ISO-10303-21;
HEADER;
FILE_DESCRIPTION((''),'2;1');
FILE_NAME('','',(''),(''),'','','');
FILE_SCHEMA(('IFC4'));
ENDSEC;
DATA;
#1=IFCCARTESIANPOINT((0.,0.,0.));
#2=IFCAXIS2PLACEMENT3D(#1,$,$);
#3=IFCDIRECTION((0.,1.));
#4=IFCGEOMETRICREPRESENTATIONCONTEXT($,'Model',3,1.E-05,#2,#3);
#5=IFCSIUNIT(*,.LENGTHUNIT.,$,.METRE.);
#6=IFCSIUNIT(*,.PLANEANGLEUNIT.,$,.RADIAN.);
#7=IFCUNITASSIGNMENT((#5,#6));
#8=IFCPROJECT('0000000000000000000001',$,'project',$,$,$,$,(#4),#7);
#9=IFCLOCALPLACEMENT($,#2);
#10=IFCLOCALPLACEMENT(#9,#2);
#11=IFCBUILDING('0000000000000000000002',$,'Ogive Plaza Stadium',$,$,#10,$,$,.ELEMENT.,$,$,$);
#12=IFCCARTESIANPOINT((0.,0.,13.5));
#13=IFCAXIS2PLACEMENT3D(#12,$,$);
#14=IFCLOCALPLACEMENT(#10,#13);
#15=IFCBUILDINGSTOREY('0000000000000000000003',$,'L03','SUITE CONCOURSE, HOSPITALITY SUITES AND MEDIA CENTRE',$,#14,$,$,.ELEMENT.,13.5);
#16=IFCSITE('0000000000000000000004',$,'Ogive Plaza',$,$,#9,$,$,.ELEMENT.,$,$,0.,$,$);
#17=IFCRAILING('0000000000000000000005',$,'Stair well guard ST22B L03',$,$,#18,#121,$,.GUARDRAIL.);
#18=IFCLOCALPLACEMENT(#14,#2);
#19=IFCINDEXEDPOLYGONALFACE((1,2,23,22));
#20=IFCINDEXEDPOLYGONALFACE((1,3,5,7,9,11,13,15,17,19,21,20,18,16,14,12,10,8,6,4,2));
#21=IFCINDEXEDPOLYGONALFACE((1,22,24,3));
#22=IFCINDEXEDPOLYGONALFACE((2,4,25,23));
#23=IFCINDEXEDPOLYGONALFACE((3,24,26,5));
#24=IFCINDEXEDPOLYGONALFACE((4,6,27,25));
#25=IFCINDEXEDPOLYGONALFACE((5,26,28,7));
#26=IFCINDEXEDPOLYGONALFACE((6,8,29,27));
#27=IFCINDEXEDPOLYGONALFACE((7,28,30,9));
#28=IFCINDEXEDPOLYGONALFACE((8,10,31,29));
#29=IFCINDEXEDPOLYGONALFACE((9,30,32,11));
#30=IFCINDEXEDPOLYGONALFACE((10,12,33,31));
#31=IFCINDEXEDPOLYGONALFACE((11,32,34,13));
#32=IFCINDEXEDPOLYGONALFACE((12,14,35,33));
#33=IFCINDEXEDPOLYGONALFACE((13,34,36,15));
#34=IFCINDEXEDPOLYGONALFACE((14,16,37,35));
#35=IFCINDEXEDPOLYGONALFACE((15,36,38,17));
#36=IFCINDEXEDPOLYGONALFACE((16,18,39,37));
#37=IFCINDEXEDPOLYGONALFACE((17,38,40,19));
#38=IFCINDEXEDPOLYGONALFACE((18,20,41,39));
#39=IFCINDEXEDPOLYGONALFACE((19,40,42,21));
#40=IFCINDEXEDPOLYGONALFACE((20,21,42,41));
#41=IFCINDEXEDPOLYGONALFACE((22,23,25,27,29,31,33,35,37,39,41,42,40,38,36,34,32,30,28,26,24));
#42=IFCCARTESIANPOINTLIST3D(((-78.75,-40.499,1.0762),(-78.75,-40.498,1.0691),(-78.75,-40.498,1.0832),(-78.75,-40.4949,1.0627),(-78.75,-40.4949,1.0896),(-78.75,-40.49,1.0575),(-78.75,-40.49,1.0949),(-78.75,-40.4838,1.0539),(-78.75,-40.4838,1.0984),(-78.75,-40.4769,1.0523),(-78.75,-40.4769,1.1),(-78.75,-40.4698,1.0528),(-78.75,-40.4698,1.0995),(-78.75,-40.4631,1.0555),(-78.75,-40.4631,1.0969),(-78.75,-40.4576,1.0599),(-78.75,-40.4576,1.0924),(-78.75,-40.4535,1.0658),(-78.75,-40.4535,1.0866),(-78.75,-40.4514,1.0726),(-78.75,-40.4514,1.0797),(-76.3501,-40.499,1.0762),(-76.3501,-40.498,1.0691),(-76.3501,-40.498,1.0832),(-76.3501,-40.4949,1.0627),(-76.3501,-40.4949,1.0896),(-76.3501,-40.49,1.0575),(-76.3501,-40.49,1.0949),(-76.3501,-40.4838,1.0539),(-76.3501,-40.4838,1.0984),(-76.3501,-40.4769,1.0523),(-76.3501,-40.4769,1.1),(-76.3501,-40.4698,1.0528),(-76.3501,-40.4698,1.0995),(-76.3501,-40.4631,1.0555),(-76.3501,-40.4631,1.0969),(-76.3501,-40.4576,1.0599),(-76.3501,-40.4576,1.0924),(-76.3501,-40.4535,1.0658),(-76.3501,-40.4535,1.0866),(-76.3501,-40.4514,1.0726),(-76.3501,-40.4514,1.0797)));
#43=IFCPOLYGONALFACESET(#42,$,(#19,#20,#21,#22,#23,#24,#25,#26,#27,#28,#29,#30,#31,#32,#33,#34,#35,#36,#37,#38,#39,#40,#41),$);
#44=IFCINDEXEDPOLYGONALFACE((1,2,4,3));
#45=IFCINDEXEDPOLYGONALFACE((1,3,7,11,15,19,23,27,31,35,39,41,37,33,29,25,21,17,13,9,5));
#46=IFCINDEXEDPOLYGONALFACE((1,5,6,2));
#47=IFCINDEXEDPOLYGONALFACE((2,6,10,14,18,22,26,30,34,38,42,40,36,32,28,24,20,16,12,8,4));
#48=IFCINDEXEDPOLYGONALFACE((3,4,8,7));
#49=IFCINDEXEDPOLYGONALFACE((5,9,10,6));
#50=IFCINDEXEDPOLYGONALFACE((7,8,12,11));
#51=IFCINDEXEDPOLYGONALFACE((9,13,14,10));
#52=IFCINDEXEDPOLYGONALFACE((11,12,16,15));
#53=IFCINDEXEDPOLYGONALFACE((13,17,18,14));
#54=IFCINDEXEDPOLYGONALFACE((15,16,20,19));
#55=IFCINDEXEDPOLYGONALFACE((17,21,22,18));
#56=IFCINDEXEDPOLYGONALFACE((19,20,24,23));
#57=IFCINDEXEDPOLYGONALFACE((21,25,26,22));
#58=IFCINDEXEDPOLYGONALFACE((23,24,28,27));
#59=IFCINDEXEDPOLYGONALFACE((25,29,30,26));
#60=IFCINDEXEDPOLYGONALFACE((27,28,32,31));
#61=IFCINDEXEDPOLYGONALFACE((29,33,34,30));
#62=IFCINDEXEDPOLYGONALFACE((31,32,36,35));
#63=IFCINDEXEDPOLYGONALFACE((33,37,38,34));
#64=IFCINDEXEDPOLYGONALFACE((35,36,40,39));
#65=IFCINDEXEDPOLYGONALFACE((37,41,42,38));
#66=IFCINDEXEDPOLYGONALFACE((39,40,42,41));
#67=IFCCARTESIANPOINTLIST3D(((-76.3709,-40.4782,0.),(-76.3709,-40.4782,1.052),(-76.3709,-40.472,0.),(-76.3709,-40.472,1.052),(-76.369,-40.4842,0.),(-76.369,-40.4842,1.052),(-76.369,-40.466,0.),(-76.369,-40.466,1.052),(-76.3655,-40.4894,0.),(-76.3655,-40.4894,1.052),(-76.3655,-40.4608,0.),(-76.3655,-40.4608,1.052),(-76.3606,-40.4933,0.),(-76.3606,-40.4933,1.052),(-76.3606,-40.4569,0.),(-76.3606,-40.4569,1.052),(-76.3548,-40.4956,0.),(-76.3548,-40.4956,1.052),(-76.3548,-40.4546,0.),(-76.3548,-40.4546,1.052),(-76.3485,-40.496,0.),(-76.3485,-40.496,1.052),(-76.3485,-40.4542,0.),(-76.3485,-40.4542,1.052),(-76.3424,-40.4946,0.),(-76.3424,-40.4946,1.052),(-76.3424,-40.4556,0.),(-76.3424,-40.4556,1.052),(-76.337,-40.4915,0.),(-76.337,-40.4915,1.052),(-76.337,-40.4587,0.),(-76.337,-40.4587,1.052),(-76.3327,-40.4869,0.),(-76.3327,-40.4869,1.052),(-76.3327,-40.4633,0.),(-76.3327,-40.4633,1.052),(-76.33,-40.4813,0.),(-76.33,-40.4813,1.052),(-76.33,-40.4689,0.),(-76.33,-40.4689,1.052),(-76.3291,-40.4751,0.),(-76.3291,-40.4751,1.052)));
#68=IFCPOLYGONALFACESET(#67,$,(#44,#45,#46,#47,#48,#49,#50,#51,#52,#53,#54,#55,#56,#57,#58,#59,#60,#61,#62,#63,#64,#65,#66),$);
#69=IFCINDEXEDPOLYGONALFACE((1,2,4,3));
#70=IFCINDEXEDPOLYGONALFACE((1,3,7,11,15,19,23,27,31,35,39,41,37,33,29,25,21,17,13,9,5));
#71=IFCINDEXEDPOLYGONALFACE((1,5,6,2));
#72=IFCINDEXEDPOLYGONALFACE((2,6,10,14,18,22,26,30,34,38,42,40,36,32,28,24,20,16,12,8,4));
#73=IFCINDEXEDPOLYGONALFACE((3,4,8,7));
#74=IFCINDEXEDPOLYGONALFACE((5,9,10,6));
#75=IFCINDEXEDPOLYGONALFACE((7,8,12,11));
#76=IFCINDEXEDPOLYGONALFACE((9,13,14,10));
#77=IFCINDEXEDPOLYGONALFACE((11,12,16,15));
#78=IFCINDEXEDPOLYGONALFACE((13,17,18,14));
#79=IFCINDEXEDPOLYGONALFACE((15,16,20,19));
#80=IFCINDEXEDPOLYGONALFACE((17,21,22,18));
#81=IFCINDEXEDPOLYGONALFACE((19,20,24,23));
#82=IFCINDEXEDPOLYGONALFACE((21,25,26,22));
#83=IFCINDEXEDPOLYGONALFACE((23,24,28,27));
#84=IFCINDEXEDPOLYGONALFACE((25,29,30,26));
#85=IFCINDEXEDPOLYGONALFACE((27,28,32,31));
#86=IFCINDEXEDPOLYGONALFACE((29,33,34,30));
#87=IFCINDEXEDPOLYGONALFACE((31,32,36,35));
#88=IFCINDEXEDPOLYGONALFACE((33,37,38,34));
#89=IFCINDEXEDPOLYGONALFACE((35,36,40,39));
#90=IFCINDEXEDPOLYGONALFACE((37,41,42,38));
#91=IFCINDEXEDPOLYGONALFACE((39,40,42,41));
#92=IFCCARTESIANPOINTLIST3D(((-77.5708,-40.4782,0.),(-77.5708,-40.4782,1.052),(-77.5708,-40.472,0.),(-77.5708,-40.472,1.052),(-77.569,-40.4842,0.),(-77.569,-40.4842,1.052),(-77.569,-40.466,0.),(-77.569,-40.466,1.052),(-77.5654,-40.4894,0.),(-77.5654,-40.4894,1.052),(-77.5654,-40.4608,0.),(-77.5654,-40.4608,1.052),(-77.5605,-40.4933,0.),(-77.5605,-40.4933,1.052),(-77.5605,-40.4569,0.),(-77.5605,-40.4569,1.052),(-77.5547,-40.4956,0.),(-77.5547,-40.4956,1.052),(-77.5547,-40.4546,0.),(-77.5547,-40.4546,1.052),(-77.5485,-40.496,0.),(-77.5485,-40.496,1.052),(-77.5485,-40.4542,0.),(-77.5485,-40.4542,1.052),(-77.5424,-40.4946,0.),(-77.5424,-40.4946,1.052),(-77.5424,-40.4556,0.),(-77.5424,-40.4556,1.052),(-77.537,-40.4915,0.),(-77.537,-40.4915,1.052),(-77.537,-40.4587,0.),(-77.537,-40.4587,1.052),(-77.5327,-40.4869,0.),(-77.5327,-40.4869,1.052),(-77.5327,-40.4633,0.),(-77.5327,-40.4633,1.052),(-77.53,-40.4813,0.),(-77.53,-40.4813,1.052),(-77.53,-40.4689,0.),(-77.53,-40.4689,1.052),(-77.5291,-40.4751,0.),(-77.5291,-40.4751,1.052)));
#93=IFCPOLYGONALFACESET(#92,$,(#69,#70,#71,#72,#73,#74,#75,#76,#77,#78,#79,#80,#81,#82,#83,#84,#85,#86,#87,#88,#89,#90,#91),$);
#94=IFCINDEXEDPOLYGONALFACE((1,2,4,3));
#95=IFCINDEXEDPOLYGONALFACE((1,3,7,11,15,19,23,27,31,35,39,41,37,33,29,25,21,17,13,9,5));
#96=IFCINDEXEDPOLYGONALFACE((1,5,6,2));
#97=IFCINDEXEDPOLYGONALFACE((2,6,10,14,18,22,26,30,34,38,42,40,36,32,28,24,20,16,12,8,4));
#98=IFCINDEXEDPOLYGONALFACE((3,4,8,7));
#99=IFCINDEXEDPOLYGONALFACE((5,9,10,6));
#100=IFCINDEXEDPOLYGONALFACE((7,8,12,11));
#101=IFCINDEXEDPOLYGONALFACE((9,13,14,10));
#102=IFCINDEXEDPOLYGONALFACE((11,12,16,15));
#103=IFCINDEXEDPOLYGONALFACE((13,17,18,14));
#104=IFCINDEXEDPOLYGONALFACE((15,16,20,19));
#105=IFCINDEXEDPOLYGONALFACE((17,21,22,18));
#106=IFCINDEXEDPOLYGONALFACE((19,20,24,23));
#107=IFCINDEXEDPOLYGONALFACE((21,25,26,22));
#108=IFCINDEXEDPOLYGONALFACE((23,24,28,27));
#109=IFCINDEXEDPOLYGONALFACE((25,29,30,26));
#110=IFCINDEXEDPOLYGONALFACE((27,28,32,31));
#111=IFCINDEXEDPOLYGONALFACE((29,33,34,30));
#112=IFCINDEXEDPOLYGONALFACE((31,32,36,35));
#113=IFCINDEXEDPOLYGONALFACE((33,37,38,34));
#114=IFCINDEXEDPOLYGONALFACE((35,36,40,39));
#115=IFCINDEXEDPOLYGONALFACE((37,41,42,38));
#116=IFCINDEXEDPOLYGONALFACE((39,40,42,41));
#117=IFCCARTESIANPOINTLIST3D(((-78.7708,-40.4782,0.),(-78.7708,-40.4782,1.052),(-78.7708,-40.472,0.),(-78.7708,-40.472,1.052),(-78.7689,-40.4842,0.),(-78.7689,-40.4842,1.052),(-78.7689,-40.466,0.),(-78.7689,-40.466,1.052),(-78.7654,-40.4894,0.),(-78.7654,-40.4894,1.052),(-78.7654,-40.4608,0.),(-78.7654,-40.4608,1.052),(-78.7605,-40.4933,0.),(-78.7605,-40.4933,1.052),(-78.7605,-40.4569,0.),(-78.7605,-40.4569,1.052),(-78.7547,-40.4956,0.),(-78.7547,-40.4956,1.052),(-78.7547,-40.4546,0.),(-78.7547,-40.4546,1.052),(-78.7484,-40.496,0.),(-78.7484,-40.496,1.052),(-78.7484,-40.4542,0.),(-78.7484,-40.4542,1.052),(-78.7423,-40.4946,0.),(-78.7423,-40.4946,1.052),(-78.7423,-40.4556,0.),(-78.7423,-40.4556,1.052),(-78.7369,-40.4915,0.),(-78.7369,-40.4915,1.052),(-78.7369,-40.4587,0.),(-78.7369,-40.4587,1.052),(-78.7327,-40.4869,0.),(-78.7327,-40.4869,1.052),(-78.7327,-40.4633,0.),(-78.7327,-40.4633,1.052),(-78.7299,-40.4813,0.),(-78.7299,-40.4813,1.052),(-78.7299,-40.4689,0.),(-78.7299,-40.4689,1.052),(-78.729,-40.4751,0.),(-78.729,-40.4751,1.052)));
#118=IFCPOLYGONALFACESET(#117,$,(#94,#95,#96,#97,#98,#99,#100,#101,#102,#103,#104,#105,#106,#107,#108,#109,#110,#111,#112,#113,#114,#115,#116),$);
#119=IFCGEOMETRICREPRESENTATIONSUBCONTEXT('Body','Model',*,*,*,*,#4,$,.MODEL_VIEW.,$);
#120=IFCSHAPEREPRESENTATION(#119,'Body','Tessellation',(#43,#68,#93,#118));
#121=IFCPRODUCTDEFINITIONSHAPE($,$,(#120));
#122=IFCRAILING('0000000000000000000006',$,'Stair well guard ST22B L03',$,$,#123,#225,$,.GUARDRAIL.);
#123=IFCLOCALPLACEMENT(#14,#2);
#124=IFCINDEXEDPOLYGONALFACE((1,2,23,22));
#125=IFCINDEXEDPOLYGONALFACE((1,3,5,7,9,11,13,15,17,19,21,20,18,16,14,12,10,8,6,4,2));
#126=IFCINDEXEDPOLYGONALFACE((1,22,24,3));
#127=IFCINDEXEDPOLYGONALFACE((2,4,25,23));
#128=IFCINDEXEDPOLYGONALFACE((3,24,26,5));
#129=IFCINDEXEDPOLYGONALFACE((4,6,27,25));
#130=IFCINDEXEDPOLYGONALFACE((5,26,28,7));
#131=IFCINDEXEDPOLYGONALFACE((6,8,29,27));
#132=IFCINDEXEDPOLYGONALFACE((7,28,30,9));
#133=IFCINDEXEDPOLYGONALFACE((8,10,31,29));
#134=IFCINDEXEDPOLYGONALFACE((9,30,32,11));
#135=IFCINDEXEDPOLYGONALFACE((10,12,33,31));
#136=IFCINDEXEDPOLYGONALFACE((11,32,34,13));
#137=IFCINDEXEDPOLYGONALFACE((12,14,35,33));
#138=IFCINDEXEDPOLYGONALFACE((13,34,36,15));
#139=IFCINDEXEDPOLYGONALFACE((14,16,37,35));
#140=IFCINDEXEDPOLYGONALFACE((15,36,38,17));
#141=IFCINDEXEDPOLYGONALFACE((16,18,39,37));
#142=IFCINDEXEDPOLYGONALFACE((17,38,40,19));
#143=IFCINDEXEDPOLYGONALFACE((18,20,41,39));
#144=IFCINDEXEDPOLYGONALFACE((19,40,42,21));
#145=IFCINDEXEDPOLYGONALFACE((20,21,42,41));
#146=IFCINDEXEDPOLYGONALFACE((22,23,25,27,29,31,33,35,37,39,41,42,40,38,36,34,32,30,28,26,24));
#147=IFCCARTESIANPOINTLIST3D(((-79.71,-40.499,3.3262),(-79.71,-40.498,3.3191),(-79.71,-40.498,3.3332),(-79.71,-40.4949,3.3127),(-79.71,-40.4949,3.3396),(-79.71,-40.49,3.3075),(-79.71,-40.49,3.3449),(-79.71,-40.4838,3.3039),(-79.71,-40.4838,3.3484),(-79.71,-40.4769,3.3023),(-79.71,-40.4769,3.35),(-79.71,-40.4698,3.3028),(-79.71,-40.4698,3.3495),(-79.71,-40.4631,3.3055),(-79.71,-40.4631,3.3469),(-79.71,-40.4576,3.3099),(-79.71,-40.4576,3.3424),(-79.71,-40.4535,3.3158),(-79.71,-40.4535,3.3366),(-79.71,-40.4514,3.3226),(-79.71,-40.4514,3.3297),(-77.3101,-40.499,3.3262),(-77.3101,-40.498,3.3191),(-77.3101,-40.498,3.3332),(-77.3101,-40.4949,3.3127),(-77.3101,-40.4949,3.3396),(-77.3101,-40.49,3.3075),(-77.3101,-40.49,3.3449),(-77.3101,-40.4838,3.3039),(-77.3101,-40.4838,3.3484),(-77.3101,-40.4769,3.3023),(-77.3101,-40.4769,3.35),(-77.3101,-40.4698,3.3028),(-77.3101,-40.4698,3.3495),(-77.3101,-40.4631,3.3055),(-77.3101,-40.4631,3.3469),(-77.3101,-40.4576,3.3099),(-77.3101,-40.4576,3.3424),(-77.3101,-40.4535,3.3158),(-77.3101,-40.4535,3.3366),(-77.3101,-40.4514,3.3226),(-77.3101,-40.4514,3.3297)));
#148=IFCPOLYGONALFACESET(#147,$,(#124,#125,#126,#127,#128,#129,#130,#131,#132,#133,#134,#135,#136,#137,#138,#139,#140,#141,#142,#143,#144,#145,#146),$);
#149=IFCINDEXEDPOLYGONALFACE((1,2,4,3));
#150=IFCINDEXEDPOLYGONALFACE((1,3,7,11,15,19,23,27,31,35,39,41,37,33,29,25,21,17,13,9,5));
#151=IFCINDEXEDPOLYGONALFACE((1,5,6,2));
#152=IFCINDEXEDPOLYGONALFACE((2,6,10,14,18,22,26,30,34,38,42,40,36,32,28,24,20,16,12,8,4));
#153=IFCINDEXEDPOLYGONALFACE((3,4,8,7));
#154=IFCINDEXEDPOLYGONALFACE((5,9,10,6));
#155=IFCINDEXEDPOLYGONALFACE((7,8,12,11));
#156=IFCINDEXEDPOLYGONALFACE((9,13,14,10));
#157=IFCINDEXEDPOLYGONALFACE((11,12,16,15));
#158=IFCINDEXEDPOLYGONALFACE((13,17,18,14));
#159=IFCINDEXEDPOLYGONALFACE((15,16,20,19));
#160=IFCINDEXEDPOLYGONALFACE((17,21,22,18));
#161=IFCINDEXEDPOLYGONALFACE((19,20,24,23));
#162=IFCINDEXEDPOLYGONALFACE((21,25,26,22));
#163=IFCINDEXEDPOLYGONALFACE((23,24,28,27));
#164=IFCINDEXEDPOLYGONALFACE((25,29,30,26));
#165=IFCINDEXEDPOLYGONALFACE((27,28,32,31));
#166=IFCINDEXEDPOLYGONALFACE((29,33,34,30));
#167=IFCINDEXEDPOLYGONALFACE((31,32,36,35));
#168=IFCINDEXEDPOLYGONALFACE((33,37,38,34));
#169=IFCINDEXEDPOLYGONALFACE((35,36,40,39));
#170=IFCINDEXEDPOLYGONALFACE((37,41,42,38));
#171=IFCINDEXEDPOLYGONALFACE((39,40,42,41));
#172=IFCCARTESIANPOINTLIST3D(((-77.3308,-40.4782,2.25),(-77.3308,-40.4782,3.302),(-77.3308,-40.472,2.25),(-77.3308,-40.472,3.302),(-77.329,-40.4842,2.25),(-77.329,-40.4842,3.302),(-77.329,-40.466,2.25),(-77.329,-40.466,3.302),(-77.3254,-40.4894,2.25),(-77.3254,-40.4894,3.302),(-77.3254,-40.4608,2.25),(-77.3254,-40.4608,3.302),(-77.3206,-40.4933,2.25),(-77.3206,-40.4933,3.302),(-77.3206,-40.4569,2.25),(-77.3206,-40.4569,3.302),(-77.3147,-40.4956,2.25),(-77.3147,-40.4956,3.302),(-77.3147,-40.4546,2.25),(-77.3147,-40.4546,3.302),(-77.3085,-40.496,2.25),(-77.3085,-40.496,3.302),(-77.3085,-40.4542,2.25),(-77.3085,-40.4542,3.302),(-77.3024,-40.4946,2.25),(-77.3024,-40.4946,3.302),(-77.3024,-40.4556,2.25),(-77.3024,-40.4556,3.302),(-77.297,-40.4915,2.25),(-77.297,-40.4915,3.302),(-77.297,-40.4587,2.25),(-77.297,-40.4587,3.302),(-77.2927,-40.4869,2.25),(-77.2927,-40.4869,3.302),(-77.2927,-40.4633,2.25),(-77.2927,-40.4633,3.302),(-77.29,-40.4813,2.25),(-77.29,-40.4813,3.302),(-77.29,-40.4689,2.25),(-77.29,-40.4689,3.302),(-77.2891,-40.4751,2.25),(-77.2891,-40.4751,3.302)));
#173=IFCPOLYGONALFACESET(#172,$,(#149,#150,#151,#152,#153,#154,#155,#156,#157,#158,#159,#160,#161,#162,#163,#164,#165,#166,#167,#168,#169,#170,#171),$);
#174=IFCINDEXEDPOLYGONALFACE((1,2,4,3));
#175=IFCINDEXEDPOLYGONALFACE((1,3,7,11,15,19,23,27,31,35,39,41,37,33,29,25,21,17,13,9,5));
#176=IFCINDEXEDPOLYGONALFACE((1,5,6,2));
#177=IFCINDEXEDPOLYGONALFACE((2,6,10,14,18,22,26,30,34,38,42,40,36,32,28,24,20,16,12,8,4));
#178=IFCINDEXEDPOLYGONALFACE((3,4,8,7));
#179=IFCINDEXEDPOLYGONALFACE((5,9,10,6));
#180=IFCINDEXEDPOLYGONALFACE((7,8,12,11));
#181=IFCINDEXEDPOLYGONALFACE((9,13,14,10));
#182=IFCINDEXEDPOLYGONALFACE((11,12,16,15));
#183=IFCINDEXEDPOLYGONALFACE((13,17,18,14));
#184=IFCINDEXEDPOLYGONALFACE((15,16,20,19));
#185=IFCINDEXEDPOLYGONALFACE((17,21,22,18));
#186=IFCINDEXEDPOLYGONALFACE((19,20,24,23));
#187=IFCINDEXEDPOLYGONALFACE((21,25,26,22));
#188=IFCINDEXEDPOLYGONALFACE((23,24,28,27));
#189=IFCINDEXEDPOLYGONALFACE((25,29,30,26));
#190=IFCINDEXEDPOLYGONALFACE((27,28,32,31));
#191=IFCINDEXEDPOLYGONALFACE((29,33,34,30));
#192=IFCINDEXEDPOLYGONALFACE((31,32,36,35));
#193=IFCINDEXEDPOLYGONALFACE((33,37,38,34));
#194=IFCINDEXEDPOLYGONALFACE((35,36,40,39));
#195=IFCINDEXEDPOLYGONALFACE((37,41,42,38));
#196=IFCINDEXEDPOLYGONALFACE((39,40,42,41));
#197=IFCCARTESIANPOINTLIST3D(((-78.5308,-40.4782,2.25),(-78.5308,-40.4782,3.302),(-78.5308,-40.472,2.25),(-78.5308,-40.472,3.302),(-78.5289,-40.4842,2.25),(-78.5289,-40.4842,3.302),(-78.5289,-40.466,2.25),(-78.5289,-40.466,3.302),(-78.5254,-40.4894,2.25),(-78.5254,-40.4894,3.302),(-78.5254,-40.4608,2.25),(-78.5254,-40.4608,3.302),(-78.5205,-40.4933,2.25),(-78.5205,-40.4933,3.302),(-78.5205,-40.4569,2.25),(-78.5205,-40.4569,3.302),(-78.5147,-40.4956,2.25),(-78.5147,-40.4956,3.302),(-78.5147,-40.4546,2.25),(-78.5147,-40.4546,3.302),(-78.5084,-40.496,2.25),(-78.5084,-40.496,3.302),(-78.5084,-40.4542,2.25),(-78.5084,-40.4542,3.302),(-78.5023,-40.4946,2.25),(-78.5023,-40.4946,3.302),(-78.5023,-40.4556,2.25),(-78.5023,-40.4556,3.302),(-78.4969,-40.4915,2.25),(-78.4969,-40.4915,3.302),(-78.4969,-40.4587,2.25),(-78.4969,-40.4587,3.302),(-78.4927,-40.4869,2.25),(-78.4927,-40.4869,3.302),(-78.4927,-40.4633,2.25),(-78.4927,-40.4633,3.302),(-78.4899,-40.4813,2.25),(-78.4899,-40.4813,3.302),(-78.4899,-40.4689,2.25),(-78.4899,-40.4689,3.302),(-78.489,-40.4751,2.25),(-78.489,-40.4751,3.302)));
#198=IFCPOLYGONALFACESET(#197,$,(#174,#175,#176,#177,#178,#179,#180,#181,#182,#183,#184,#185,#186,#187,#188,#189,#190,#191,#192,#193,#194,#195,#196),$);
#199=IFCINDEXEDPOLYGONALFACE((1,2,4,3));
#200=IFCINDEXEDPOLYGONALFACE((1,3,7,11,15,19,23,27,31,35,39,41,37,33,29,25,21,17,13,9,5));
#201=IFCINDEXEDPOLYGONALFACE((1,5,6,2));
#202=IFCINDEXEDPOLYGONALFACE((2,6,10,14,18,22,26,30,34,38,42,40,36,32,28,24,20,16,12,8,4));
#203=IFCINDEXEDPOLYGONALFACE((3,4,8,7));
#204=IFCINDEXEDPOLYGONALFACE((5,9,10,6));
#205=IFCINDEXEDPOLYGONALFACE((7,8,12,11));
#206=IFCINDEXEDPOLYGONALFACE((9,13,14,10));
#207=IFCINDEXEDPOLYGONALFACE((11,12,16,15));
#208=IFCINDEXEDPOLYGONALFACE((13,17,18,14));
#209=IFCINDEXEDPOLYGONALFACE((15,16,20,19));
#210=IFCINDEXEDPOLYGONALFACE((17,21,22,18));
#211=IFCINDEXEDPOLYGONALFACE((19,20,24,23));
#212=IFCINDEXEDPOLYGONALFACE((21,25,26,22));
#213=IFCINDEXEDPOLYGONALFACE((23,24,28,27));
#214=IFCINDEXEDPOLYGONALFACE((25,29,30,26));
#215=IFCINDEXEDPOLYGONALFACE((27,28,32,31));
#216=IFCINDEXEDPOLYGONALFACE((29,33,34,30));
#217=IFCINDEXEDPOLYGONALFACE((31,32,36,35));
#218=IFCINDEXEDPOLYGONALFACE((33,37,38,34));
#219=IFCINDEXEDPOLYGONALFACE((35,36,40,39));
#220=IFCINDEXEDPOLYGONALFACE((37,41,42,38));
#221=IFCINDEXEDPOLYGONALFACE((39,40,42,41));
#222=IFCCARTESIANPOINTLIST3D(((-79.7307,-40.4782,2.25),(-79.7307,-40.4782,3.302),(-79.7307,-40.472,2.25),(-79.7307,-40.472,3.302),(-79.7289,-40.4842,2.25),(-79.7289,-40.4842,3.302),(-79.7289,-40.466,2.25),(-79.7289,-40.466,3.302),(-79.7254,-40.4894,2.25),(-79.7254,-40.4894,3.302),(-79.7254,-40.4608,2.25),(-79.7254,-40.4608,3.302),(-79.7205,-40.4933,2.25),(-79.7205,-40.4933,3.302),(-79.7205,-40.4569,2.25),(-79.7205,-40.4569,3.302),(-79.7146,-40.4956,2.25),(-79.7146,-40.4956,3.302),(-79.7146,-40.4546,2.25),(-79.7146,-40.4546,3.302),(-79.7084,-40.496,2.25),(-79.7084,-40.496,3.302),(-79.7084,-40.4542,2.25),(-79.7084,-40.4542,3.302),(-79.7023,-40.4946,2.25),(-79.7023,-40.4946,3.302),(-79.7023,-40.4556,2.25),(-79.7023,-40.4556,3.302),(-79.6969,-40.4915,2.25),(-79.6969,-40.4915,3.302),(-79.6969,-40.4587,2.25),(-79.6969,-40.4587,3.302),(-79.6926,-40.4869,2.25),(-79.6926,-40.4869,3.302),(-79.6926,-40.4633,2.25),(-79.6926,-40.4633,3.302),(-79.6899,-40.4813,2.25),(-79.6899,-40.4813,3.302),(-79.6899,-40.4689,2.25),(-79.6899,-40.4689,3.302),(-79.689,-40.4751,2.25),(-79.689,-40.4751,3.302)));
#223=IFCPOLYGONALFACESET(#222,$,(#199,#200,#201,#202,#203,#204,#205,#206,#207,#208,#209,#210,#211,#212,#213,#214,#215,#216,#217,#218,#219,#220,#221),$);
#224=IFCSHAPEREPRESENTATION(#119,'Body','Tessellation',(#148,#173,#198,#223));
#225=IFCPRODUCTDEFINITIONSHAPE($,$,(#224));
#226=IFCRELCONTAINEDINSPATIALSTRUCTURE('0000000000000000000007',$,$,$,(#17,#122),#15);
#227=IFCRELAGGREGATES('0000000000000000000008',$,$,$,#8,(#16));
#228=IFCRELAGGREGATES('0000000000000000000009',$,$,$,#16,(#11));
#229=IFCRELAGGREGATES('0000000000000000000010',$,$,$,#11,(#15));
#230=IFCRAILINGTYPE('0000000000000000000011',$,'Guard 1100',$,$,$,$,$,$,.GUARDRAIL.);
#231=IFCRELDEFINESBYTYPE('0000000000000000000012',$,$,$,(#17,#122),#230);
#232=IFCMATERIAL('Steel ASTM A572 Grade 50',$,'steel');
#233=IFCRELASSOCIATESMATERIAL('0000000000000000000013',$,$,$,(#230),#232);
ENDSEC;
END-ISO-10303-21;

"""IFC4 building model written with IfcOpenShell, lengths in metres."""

from ifc_helpers import new_model, si_unit, direction, frame, origin, origin_2d, place, context, subcontext, project, spatial, circle, extrude, material, type_object, element, save


model = new_model("IFC4")

# Units and contexts
model_context = context("Model", 3, precision=1e-05, world=origin(), true_north=direction((0.0, 1.0)))
body_context = subcontext(model_context, "Body", "Model", "MODEL_VIEW")
ifc_project = project(units=[si_unit("LENGTHUNIT", "METRE"), si_unit("PLANEANGLEUNIT", "RADIAN")], contexts=[model_context])

# Site, building, storey
site_placement = place(None, origin())
site = spatial("IfcSite", under=ifc_project, at=site_placement, Name="Ogive Plaza", CompositionType="ELEMENT", RefElevation=0.0)
building_placement = place(site_placement, origin())
building = spatial("IfcBuilding", under=site, at=building_placement, Name="Ogive Plaza Stadium", CompositionType="ELEMENT")
storey_placement = place(building_placement, frame((0.0, 0.0, 13.5)))
storey = spatial("IfcBuildingStorey", under=building, at=storey_placement, Name="L03", Description="SUITE CONCOURSE, HOSPITALITY SUITES AND MEDIA CENTRE", CompositionType="ELEMENT", Elevation=13.5)

# Railings
ifc_material_1 = material(Name="Steel ASTM A572 Grade 50", Category="steel")
railing_type_1 = type_object("IfcRailingType", Name="Guard 1100", PredefinedType="GUARDRAIL", material=ifc_material_1)
for number, where, name in (
    (1, (-76.3501, -40.4751, 0.0), "Stair well guard ST22B L03"),
    (2, (-77.3101, -40.4751, 2.25), "Stair well guard ST22B L03"),
):
    element("IfcRailing", number, at=place(storey_placement, frame(where)), inside=storey, type_object=railing_type_1, Name=name, PredefinedType="GUARDRAIL", context=body_context, shape_type="SweptSolid", body=[
        extrude(circle(Radius=0.0239, at=origin_2d()), frame((0.0, 0.0, 1.0762), z_axis=(-1.0, 0.0, 0.0), x_axis=(0.0, -1.0, 0.0)), (0.0, 0.0, 1.0), 2.3999),
        extrude(circle(Radius=0.021, at=origin_2d()), origin(), (0.0, 0.0, 1.0), 1.052),
        extrude(circle(Radius=0.021, at=origin_2d()), frame((-1.2, 0.0, 0.0)), (0.0, 0.0, 1.0), 1.052),
        extrude(circle(Radius=0.021, at=origin_2d()), frame((-2.3999, 0.0, 0.0)), (0.0, 0.0, 1.0), 1.052),
    ])

save(model, "model.ifc")
